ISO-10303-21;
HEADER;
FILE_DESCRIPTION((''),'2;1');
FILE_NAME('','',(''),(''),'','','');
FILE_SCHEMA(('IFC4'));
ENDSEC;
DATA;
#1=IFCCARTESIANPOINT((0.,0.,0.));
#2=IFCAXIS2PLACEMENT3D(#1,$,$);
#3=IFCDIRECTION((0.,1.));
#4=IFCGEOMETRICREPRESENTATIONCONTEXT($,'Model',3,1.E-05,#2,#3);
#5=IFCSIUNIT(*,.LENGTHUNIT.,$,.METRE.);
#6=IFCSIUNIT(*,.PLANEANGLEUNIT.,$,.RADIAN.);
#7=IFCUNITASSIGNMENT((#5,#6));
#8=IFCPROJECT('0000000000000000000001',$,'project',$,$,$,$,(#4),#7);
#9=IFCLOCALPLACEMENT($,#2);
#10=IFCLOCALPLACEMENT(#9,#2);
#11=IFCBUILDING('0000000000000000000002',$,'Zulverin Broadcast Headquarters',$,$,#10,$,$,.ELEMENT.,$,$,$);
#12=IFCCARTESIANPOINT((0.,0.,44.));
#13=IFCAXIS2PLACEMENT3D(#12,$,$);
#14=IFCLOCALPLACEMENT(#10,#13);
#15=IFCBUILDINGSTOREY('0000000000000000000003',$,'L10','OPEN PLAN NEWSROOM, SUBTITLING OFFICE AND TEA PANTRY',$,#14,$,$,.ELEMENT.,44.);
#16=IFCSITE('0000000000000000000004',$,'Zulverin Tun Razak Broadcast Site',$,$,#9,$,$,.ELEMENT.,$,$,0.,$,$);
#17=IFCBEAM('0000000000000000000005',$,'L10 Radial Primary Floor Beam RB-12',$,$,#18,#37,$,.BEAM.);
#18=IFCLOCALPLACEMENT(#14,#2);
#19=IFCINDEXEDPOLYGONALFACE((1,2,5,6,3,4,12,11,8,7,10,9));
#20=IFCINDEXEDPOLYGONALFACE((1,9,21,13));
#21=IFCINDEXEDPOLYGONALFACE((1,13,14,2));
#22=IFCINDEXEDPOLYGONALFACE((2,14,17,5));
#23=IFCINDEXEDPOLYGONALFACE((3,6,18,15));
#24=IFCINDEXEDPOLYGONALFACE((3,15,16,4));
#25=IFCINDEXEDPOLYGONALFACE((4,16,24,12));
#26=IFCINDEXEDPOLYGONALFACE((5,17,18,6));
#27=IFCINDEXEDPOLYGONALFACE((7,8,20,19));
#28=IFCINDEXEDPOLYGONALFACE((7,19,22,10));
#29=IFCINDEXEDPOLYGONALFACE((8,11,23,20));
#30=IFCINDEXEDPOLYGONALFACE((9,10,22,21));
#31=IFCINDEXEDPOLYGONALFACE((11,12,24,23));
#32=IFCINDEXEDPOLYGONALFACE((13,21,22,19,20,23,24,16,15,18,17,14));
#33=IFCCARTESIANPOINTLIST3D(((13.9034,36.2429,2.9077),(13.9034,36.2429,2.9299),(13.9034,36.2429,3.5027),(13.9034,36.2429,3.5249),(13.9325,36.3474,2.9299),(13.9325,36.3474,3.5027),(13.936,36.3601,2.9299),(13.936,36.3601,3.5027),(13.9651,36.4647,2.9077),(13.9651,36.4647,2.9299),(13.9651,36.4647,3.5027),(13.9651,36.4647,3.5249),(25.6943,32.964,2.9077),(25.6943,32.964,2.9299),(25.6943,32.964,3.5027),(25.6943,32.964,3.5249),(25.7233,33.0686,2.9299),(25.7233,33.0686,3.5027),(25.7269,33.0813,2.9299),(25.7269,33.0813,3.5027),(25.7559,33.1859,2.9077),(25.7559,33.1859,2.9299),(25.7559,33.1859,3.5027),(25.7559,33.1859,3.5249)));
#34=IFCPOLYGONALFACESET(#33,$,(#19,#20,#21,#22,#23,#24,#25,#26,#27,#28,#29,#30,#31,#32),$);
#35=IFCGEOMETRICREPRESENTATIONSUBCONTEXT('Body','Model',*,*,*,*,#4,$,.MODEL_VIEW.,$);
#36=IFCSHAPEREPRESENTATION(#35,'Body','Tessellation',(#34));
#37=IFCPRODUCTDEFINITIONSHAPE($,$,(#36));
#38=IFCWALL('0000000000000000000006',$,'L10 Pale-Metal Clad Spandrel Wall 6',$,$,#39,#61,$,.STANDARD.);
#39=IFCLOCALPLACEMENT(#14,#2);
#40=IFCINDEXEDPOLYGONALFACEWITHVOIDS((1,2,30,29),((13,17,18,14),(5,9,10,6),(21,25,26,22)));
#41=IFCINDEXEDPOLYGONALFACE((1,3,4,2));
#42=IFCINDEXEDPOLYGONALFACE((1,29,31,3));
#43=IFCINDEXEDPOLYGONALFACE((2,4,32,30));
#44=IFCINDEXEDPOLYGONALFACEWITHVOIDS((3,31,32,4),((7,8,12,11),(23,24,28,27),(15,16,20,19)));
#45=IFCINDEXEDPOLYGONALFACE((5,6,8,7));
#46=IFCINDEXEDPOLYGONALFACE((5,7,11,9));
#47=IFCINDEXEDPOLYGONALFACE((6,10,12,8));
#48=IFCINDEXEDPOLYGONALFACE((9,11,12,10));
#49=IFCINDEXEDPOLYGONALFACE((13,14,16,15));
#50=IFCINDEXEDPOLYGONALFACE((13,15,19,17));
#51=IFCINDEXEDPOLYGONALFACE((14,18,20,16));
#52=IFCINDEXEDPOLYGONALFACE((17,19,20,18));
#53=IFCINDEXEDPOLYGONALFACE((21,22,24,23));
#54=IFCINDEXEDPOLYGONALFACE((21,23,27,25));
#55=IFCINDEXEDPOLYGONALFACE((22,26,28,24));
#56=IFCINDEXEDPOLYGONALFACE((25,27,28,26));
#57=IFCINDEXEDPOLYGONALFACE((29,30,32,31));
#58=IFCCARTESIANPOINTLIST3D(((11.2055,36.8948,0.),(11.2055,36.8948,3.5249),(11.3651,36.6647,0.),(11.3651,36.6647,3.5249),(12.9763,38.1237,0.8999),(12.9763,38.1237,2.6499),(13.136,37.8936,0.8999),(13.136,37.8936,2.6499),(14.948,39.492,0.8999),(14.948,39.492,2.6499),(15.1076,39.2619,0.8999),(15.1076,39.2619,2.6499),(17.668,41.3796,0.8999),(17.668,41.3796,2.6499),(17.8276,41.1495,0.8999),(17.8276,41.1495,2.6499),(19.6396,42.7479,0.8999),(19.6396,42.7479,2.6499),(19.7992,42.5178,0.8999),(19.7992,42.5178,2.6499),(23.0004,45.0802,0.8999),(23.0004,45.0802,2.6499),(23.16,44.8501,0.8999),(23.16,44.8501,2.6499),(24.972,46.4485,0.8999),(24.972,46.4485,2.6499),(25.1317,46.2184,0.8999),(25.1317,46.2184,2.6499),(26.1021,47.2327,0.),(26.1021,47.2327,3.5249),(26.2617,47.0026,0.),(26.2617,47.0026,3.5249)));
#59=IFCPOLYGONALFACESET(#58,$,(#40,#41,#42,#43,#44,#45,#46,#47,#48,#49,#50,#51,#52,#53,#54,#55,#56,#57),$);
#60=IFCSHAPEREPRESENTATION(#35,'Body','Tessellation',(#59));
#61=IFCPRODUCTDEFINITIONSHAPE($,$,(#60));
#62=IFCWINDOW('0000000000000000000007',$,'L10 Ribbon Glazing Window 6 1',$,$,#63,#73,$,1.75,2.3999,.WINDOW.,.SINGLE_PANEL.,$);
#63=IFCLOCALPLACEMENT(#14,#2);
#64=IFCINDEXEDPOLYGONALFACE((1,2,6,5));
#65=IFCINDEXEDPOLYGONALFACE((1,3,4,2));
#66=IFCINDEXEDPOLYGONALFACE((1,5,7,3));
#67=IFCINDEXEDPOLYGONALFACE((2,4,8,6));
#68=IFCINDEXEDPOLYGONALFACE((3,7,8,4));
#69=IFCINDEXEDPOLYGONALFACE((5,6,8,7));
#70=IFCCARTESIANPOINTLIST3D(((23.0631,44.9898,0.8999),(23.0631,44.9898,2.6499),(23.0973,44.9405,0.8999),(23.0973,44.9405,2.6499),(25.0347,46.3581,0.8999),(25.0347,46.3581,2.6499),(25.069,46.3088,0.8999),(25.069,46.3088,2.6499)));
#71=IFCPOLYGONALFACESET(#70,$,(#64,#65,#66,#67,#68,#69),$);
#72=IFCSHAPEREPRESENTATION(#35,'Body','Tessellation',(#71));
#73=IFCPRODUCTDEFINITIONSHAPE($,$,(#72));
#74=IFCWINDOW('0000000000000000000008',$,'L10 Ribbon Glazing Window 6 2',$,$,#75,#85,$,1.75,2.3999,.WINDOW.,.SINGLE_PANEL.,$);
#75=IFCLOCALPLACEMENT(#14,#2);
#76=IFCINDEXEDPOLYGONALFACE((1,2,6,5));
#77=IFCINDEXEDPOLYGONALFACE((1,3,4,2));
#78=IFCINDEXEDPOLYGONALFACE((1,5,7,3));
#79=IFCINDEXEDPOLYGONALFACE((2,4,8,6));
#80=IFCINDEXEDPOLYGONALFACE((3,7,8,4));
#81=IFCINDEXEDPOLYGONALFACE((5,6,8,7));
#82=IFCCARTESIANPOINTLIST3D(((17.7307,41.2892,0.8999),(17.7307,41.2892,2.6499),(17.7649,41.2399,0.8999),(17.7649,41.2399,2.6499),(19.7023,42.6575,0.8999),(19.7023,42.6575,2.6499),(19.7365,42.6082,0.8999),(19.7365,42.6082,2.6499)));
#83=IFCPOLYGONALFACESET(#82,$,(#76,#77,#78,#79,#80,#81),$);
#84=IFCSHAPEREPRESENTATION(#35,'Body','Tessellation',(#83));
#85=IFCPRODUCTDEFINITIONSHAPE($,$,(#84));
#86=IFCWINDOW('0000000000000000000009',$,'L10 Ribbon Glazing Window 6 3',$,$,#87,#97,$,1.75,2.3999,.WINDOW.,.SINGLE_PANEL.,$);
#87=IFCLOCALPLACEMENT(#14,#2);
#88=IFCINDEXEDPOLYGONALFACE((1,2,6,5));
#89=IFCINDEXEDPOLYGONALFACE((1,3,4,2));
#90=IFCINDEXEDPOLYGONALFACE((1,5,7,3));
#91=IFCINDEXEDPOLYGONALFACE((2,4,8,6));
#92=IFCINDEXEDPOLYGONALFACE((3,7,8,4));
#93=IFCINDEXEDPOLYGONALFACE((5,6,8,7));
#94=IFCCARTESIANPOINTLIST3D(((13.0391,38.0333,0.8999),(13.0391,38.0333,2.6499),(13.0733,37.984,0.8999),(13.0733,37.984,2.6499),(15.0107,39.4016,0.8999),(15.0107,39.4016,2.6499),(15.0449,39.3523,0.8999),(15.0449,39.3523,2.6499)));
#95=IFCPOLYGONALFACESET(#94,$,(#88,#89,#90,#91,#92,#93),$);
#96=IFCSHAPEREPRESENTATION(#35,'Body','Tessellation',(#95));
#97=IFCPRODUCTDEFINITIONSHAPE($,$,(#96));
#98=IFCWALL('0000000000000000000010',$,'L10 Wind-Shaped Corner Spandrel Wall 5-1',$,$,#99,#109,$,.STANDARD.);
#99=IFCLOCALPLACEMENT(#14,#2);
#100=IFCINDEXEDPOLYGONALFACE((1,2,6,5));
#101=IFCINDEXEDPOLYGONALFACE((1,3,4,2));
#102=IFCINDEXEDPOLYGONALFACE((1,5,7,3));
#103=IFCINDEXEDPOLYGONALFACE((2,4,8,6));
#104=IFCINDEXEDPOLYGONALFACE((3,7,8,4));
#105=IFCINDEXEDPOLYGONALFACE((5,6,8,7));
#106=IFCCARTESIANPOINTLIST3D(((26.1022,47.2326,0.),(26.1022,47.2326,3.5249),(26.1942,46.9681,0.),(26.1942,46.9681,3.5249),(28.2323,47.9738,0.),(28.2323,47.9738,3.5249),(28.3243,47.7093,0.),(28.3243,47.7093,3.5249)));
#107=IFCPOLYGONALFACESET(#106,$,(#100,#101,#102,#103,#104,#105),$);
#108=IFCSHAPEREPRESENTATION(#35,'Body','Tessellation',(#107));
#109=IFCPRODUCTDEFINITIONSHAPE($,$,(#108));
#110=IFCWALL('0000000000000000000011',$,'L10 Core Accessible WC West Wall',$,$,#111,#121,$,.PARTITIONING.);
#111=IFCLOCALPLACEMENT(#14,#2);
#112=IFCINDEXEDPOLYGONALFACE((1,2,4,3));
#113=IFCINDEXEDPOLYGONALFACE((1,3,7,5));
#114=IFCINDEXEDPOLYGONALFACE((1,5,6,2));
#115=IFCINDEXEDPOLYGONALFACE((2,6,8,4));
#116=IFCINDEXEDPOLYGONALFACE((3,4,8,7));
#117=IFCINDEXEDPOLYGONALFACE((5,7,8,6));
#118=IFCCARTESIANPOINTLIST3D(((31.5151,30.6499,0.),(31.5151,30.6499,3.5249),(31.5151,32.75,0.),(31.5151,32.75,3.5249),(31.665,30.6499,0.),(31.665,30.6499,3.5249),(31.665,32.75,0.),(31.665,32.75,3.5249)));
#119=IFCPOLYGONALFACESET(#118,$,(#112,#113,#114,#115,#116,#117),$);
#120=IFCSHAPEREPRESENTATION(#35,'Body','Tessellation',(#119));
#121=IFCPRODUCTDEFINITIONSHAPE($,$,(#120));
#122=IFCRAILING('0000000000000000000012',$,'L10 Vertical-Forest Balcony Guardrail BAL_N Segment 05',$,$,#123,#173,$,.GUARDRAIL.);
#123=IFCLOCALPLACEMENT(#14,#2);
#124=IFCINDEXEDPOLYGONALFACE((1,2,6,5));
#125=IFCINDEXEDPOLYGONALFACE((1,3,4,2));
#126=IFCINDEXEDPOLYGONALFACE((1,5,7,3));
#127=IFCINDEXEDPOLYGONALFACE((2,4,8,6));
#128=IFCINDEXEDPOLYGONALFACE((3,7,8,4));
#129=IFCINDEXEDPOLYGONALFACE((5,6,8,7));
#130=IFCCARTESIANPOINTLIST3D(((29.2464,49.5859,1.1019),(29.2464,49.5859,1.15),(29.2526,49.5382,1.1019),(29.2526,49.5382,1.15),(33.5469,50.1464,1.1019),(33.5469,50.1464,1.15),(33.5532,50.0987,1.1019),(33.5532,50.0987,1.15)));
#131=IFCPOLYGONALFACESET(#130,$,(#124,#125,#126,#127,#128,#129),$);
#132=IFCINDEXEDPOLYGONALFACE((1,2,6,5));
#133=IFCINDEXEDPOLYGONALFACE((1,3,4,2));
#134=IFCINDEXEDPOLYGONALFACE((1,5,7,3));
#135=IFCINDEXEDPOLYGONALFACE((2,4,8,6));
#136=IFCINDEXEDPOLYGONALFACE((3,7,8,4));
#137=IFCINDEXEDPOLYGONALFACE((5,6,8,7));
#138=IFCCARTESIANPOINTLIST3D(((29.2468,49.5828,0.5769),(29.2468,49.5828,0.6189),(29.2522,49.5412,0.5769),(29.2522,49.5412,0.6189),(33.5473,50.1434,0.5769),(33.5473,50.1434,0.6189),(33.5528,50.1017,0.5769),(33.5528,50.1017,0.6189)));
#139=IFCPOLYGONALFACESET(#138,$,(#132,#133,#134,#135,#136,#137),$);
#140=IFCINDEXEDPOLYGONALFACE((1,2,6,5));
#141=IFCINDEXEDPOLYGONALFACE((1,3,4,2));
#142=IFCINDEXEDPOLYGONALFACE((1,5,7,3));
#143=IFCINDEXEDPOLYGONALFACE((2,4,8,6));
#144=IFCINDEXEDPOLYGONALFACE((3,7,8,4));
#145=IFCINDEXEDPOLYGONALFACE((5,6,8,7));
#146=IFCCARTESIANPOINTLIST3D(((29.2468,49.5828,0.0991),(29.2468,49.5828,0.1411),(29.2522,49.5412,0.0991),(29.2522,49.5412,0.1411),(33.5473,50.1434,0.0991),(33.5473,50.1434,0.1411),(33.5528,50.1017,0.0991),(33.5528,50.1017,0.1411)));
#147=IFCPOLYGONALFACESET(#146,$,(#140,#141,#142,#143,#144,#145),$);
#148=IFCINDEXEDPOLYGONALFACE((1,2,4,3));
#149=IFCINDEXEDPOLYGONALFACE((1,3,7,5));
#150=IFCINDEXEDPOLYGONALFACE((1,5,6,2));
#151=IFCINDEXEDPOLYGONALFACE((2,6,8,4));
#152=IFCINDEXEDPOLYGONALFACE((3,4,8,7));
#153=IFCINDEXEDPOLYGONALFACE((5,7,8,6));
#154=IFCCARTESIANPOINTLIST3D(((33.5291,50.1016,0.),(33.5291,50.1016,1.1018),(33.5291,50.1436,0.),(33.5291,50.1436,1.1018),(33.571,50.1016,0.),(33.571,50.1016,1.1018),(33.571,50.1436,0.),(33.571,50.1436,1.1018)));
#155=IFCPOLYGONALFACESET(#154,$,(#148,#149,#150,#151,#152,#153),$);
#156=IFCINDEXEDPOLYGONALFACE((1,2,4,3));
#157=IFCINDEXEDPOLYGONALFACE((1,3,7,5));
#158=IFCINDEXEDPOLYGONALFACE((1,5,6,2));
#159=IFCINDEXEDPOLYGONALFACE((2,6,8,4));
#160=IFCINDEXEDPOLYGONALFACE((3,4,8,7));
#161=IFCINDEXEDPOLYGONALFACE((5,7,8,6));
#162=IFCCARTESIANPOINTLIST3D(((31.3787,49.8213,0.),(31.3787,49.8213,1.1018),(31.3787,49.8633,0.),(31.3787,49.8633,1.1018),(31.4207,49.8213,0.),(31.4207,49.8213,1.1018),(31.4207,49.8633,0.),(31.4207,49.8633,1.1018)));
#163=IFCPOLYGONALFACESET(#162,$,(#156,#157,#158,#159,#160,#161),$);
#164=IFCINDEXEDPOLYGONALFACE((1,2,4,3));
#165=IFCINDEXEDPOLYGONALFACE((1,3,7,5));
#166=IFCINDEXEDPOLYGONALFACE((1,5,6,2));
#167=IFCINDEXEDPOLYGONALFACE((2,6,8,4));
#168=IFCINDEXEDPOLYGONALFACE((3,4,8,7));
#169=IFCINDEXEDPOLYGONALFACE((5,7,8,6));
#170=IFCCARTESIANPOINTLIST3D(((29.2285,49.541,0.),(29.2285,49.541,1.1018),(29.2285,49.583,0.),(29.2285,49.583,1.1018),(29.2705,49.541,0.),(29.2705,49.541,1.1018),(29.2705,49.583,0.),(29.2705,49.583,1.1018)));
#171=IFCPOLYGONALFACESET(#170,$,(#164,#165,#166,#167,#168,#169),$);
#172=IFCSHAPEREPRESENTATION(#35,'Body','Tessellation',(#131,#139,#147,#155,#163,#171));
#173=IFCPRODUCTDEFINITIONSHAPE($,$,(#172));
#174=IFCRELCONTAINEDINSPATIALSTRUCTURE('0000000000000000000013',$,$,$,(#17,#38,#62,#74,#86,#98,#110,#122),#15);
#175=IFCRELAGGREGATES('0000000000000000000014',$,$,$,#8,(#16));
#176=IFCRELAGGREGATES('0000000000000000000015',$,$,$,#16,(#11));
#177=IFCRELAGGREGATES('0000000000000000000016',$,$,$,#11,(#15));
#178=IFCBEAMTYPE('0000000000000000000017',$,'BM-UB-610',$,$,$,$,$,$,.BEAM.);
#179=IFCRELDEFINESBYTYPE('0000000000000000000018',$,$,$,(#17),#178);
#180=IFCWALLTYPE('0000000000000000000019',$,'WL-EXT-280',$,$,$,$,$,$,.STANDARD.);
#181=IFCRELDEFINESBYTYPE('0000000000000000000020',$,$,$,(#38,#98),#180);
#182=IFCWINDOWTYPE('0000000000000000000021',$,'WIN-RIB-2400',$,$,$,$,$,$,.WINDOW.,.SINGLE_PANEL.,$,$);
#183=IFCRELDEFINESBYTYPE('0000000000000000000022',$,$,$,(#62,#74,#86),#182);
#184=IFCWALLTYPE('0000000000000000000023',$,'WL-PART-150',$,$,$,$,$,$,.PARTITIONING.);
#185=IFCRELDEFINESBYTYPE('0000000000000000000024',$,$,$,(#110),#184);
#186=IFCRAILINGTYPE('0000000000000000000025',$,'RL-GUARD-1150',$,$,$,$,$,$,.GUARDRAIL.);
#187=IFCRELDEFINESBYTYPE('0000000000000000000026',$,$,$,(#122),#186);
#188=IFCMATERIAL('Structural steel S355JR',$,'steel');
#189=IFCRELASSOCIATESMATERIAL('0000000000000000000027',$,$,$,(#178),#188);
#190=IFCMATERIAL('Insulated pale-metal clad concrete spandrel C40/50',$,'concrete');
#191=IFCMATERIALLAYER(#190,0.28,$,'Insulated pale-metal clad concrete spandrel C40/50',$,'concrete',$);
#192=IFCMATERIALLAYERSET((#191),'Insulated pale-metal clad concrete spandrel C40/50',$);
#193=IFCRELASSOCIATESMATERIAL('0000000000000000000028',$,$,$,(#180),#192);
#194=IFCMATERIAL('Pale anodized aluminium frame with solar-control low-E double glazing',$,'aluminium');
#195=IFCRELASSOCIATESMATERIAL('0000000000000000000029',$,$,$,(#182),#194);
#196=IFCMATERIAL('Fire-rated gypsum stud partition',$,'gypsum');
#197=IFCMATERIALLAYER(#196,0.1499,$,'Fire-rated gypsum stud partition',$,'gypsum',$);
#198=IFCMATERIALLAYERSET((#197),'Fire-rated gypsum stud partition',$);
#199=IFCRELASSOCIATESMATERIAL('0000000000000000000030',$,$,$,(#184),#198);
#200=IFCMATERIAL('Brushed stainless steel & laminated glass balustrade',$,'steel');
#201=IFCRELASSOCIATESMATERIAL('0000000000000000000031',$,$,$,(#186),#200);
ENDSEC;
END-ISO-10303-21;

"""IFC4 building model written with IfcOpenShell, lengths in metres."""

from ifc_helpers import new_model, si_unit, direction, frame, frame_2d, origin, origin_2d, place, context, subcontext, project, spatial, rectangle, i_section, extrude, material, layer, layer_set, material_profile, profile_set, type_object, element, fill, save


model = new_model("IFC4")

# Units and contexts
model_context = context("Model", 3, precision=1e-05, world=origin(), true_north=direction((0.0, 1.0)))
body_context = subcontext(model_context, "Body", "Model", "MODEL_VIEW")
ifc_project = project(units=[si_unit("LENGTHUNIT", "METRE"), si_unit("PLANEANGLEUNIT", "RADIAN")], contexts=[model_context])

# Site, building, storey
site_placement = place(None, origin())
site = spatial("IfcSite", under=ifc_project, at=site_placement, Name="Zulverin Tun Razak Broadcast Site", CompositionType="ELEMENT", RefElevation=0.0)
building_placement = place(site_placement, origin())
building = spatial("IfcBuilding", under=site, at=building_placement, Name="Zulverin Broadcast Headquarters", CompositionType="ELEMENT")
storey_placement = place(building_placement, frame((0.0, 0.0, 44.0)))
storey = spatial("IfcBuildingStorey", under=building, at=storey_placement, Name="L10", Description="OPEN PLAN NEWSROOM, SUBTITLING OFFICE AND TEA PANTRY", CompositionType="ELEMENT", Elevation=44.0)

# Beam
ifc_material_1 = material(Name="Structural steel S355JR", Category="steel")
ifc_material_profile_1 = material_profile(ifc_material_1, i_section(OverallWidth=0.2302, OverallDepth=0.6172, WebThickness=0.0132, FlangeThickness=0.0222, at=origin_2d()), Name="Structural steel S355JR", Category="steel")
ifc_profile_set_1 = profile_set([ifc_material_profile_1], Name="Structural steel S355JR")
beam_type_1 = type_object("IfcBeamType", Name="BM-UB-610", PredefinedType="BEAM", material=ifc_profile_set_1)
beam_1_placement = place(storey_placement, frame((25.7251, 33.075, 3.2163), z_axis=(-0.963442, 0.267917, 0.0), x_axis=(-0.267917, -0.963442, 0.0)))
element("IfcBeam", 1, at=beam_1_placement, inside=storey, type_object=beam_type_1, Name="L10 Radial Primary Floor Beam RB-12", PredefinedType="BEAM", context=body_context, shape_type="SweptSolid", body=[
    extrude(i_section(OverallWidth=0.2302, OverallDepth=0.6172, WebThickness=0.0132, FlangeThickness=0.0222, at=origin_2d()), origin(), (0.0, 0.0, 1.0), 12.2383),
])

# Wall, openings, windows
ifc_material_2 = material(Name="Insulated pale-metal clad concrete spandrel C40/50", Category="concrete")
ifc_layer_1 = layer(ifc_material_2, 0.28, Name="Insulated pale-metal clad concrete spandrel C40/50", Category="concrete")
ifc_layer_set_1 = layer_set([ifc_layer_1], Name="Insulated pale-metal clad concrete spandrel C40/50")
wall_type_1 = type_object("IfcWallType", Name="WL-EXT-280", PredefinedType="STANDARD", material=ifc_layer_set_1)
wall_1_placement = place(storey_placement, frame((26.1819, 47.1177, 0.0), z_axis=(0.0, 0.0, 1.0), x_axis=(-0.821548, -0.570139, 0.0)))
wall_1 = element("IfcWall", 2, at=wall_1_placement, inside=storey, type_object=wall_type_1, Name="L10 Pale-Metal Clad Spandrel Wall 6", PredefinedType="STANDARD", context=body_context, shape_type="SweptSolid", body=[
    extrude(rectangle(XDim=18.1323, YDim=0.28, at=frame_2d((9.0662, 0.0))), origin(), (0.0, 0.0, 1.0), 3.5249),
])
opening_1_placement = place(wall_1_placement, frame((1.3755, 0.0, 0.8999)))
opening_1 = element("IfcOpeningElement", 3, at=opening_1_placement, cuts=wall_1, PredefinedType="OPENING", context=body_context, shape_type="SweptSolid", body=[
    extrude(rectangle(XDim=2.3999, YDim=1.75, at=frame_2d((1.2, 0.875))), frame((0.0, 0.1499, 0.0), z_axis=(0.0, -1.0, 0.0), x_axis=(1.0, 0.0, 0.0)), (0.0, 0.0, 1.0), 0.3),
])
opening_2_placement = place(wall_1_placement, frame((7.8662, 0.0, 0.8999)))
opening_2 = element("IfcOpeningElement", 4, at=opening_2_placement, cuts=wall_1, PredefinedType="OPENING", context=body_context, shape_type="SweptSolid", body=[
    extrude(rectangle(XDim=2.3999, YDim=1.75, at=frame_2d((1.2, 0.875))), frame((0.0, 0.1499, 0.0), z_axis=(0.0, -1.0, 0.0), x_axis=(1.0, 0.0, 0.0)), (0.0, 0.0, 1.0), 0.3),
])
opening_3_placement = place(wall_1_placement, frame((13.5769, 0.0, 0.8999)))
opening_3 = element("IfcOpeningElement", 5, at=opening_3_placement, cuts=wall_1, PredefinedType="OPENING", context=body_context, shape_type="SweptSolid", body=[
    extrude(rectangle(XDim=2.3999, YDim=1.75, at=frame_2d((1.2, 0.875))), frame((0.0, 0.1499, 0.0), z_axis=(0.0, -1.0, 0.0), x_axis=(1.0, 0.0, 0.0)), (0.0, 0.0, 1.0), 0.3),
])
ifc_material_3 = material(Name="Pale anodized aluminium frame with solar-control low-E double glazing", Category="aluminium")
window_type = type_object("IfcWindowType", Name="WIN-RIB-2400", PartitioningType="SINGLE_PANEL", PredefinedType="WINDOW", material=ifc_material_3)
window_1_placement = place(opening_1_placement, origin())
window_1 = element("IfcWindow", 6, at=window_1_placement, inside=storey, type_object=window_type, Name="L10 Ribbon Glazing Window 6 1", OverallHeight=1.75, OverallWidth=2.3999, PartitioningType="SINGLE_PANEL", PredefinedType="WINDOW", context=body_context, shape_type="SweptSolid", body=[
    extrude(rectangle(XDim=2.3999, YDim=1.75, at=frame_2d((1.2, 0.875))), frame((0.0, 0.03, 0.0), z_axis=(0.0, -1.0, 0.0), x_axis=(1.0, 0.0, 0.0)), (0.0, 0.0, 1.0), 0.0601),
])
fill(opening_1, window_1)
window_2_placement = place(opening_2_placement, origin())
window_2 = element("IfcWindow", 7, at=window_2_placement, inside=storey, type_object=window_type, Name="L10 Ribbon Glazing Window 6 2", OverallHeight=1.75, OverallWidth=2.3999, PartitioningType="SINGLE_PANEL", PredefinedType="WINDOW", context=body_context, shape_type="SweptSolid", body=[
    extrude(rectangle(XDim=2.3999, YDim=1.75, at=frame_2d((1.2, 0.875))), frame((0.0, 0.03, 0.0), z_axis=(0.0, -1.0, 0.0), x_axis=(1.0, 0.0, 0.0)), (0.0, 0.0, 1.0), 0.0601),
])
fill(opening_2, window_2)
window_3_placement = place(opening_3_placement, origin())
window_3 = element("IfcWindow", 8, at=window_3_placement, inside=storey, type_object=window_type, Name="L10 Ribbon Glazing Window 6 3", OverallHeight=1.75, OverallWidth=2.3999, PartitioningType="SINGLE_PANEL", PredefinedType="WINDOW", context=body_context, shape_type="SweptSolid", body=[
    extrude(rectangle(XDim=2.3999, YDim=1.75, at=frame_2d((1.2, 0.875))), frame((0.0, 0.03, 0.0), z_axis=(0.0, -1.0, 0.0), x_axis=(1.0, 0.0, 0.0)), (0.0, 0.0, 1.0), 0.0601),
])
fill(opening_3, window_3)

# Walls
wall_2_placement = place(storey_placement, frame((28.2783, 47.8416, 0.0), z_axis=(0.0, 0.0, 1.0), x_axis=(-0.944456, -0.328638, 0.0)))
element("IfcWall", 9, at=wall_2_placement, inside=storey, type_object=wall_type_1, Name="L10 Wind-Shaped Corner Spandrel Wall 5-1", PredefinedType="STANDARD", context=body_context, shape_type="SweptSolid", body=[
    extrude(rectangle(XDim=2.2554, YDim=0.28, at=frame_2d((1.1277, 0.0))), origin(), (0.0, 0.0, 1.0), 3.5249),
])
ifc_material_4 = material(Name="Fire-rated gypsum stud partition", Category="gypsum")
ifc_layer_2 = layer(ifc_material_4, 0.1499, Name="Fire-rated gypsum stud partition", Category="gypsum")
ifc_layer_set_2 = layer_set([ifc_layer_2], Name="Fire-rated gypsum stud partition")
wall_type_2 = type_object("IfcWallType", Name="WL-PART-150", PredefinedType="PARTITIONING", material=ifc_layer_set_2)
wall_3_placement = place(storey_placement, frame((31.5901, 30.6499, 0.0), z_axis=(0.0, 0.0, 1.0), x_axis=(0.0, 1.0, 0.0)))
element("IfcWall", 10, at=wall_3_placement, inside=storey, type_object=wall_type_2, Name="L10 Core Accessible WC West Wall", PredefinedType="PARTITIONING", context=body_context, shape_type="SweptSolid", body=[
    extrude(rectangle(XDim=2.1001, YDim=0.1499, at=frame_2d((1.05, 0.0))), origin(), (0.0, 0.0, 1.0), 3.5249),
])

# Railing
ifc_material_5 = material(Name="Brushed stainless steel & laminated glass balustrade", Category="steel")
railing_type = type_object("IfcRailingType", Name="RL-GUARD-1150", PredefinedType="GUARDRAIL", material=ifc_material_5)
railing_1_placement = place(storey_placement, frame((33.55, 50.1226, 0.0)))
element("IfcRailing", 11, at=railing_1_placement, inside=storey, type_object=railing_type, Name="L10 Vertical-Forest Balcony Guardrail BAL_N Segment 05", PredefinedType="GUARDRAIL", context=body_context, shape_type="SweptSolid", body=[
    extrude(rectangle(XDim=0.0481, YDim=0.0481, at=origin_2d()), frame((0.0, 0.0, 1.126), z_axis=(-0.991612, -0.12925, 0.0), x_axis=(0.12925, -0.991612, 0.0)), (0.0, 0.0, 1.0), 4.3369),
    extrude(rectangle(XDim=0.042, YDim=0.042, at=origin_2d()), frame((0.0, 0.0, 0.5979), z_axis=(-0.991612, -0.12925, 0.0), x_axis=(0.12925, -0.991612, 0.0)), (0.0, 0.0, 1.0), 4.3369),
    extrude(rectangle(XDim=0.042, YDim=0.042, at=origin_2d()), frame((0.0, 0.0, 0.1201), z_axis=(-0.991612, -0.12925, 0.0), x_axis=(0.12925, -0.991612, 0.0)), (0.0, 0.0, 1.0), 4.3369),
    extrude(rectangle(XDim=0.042, YDim=0.042, at=origin_2d()), origin(), (0.0, 0.0, 1.0), 1.1018),
    extrude(rectangle(XDim=0.042, YDim=0.042, at=origin_2d()), frame((-2.1504, -0.2803, 0.0)), (0.0, 0.0, 1.0), 1.1018),
    extrude(rectangle(XDim=0.042, YDim=0.042, at=origin_2d()), frame((-4.3005, -0.5605, 0.0)), (0.0, 0.0, 1.0), 1.1018),
])

save(model, "model.ifc")
